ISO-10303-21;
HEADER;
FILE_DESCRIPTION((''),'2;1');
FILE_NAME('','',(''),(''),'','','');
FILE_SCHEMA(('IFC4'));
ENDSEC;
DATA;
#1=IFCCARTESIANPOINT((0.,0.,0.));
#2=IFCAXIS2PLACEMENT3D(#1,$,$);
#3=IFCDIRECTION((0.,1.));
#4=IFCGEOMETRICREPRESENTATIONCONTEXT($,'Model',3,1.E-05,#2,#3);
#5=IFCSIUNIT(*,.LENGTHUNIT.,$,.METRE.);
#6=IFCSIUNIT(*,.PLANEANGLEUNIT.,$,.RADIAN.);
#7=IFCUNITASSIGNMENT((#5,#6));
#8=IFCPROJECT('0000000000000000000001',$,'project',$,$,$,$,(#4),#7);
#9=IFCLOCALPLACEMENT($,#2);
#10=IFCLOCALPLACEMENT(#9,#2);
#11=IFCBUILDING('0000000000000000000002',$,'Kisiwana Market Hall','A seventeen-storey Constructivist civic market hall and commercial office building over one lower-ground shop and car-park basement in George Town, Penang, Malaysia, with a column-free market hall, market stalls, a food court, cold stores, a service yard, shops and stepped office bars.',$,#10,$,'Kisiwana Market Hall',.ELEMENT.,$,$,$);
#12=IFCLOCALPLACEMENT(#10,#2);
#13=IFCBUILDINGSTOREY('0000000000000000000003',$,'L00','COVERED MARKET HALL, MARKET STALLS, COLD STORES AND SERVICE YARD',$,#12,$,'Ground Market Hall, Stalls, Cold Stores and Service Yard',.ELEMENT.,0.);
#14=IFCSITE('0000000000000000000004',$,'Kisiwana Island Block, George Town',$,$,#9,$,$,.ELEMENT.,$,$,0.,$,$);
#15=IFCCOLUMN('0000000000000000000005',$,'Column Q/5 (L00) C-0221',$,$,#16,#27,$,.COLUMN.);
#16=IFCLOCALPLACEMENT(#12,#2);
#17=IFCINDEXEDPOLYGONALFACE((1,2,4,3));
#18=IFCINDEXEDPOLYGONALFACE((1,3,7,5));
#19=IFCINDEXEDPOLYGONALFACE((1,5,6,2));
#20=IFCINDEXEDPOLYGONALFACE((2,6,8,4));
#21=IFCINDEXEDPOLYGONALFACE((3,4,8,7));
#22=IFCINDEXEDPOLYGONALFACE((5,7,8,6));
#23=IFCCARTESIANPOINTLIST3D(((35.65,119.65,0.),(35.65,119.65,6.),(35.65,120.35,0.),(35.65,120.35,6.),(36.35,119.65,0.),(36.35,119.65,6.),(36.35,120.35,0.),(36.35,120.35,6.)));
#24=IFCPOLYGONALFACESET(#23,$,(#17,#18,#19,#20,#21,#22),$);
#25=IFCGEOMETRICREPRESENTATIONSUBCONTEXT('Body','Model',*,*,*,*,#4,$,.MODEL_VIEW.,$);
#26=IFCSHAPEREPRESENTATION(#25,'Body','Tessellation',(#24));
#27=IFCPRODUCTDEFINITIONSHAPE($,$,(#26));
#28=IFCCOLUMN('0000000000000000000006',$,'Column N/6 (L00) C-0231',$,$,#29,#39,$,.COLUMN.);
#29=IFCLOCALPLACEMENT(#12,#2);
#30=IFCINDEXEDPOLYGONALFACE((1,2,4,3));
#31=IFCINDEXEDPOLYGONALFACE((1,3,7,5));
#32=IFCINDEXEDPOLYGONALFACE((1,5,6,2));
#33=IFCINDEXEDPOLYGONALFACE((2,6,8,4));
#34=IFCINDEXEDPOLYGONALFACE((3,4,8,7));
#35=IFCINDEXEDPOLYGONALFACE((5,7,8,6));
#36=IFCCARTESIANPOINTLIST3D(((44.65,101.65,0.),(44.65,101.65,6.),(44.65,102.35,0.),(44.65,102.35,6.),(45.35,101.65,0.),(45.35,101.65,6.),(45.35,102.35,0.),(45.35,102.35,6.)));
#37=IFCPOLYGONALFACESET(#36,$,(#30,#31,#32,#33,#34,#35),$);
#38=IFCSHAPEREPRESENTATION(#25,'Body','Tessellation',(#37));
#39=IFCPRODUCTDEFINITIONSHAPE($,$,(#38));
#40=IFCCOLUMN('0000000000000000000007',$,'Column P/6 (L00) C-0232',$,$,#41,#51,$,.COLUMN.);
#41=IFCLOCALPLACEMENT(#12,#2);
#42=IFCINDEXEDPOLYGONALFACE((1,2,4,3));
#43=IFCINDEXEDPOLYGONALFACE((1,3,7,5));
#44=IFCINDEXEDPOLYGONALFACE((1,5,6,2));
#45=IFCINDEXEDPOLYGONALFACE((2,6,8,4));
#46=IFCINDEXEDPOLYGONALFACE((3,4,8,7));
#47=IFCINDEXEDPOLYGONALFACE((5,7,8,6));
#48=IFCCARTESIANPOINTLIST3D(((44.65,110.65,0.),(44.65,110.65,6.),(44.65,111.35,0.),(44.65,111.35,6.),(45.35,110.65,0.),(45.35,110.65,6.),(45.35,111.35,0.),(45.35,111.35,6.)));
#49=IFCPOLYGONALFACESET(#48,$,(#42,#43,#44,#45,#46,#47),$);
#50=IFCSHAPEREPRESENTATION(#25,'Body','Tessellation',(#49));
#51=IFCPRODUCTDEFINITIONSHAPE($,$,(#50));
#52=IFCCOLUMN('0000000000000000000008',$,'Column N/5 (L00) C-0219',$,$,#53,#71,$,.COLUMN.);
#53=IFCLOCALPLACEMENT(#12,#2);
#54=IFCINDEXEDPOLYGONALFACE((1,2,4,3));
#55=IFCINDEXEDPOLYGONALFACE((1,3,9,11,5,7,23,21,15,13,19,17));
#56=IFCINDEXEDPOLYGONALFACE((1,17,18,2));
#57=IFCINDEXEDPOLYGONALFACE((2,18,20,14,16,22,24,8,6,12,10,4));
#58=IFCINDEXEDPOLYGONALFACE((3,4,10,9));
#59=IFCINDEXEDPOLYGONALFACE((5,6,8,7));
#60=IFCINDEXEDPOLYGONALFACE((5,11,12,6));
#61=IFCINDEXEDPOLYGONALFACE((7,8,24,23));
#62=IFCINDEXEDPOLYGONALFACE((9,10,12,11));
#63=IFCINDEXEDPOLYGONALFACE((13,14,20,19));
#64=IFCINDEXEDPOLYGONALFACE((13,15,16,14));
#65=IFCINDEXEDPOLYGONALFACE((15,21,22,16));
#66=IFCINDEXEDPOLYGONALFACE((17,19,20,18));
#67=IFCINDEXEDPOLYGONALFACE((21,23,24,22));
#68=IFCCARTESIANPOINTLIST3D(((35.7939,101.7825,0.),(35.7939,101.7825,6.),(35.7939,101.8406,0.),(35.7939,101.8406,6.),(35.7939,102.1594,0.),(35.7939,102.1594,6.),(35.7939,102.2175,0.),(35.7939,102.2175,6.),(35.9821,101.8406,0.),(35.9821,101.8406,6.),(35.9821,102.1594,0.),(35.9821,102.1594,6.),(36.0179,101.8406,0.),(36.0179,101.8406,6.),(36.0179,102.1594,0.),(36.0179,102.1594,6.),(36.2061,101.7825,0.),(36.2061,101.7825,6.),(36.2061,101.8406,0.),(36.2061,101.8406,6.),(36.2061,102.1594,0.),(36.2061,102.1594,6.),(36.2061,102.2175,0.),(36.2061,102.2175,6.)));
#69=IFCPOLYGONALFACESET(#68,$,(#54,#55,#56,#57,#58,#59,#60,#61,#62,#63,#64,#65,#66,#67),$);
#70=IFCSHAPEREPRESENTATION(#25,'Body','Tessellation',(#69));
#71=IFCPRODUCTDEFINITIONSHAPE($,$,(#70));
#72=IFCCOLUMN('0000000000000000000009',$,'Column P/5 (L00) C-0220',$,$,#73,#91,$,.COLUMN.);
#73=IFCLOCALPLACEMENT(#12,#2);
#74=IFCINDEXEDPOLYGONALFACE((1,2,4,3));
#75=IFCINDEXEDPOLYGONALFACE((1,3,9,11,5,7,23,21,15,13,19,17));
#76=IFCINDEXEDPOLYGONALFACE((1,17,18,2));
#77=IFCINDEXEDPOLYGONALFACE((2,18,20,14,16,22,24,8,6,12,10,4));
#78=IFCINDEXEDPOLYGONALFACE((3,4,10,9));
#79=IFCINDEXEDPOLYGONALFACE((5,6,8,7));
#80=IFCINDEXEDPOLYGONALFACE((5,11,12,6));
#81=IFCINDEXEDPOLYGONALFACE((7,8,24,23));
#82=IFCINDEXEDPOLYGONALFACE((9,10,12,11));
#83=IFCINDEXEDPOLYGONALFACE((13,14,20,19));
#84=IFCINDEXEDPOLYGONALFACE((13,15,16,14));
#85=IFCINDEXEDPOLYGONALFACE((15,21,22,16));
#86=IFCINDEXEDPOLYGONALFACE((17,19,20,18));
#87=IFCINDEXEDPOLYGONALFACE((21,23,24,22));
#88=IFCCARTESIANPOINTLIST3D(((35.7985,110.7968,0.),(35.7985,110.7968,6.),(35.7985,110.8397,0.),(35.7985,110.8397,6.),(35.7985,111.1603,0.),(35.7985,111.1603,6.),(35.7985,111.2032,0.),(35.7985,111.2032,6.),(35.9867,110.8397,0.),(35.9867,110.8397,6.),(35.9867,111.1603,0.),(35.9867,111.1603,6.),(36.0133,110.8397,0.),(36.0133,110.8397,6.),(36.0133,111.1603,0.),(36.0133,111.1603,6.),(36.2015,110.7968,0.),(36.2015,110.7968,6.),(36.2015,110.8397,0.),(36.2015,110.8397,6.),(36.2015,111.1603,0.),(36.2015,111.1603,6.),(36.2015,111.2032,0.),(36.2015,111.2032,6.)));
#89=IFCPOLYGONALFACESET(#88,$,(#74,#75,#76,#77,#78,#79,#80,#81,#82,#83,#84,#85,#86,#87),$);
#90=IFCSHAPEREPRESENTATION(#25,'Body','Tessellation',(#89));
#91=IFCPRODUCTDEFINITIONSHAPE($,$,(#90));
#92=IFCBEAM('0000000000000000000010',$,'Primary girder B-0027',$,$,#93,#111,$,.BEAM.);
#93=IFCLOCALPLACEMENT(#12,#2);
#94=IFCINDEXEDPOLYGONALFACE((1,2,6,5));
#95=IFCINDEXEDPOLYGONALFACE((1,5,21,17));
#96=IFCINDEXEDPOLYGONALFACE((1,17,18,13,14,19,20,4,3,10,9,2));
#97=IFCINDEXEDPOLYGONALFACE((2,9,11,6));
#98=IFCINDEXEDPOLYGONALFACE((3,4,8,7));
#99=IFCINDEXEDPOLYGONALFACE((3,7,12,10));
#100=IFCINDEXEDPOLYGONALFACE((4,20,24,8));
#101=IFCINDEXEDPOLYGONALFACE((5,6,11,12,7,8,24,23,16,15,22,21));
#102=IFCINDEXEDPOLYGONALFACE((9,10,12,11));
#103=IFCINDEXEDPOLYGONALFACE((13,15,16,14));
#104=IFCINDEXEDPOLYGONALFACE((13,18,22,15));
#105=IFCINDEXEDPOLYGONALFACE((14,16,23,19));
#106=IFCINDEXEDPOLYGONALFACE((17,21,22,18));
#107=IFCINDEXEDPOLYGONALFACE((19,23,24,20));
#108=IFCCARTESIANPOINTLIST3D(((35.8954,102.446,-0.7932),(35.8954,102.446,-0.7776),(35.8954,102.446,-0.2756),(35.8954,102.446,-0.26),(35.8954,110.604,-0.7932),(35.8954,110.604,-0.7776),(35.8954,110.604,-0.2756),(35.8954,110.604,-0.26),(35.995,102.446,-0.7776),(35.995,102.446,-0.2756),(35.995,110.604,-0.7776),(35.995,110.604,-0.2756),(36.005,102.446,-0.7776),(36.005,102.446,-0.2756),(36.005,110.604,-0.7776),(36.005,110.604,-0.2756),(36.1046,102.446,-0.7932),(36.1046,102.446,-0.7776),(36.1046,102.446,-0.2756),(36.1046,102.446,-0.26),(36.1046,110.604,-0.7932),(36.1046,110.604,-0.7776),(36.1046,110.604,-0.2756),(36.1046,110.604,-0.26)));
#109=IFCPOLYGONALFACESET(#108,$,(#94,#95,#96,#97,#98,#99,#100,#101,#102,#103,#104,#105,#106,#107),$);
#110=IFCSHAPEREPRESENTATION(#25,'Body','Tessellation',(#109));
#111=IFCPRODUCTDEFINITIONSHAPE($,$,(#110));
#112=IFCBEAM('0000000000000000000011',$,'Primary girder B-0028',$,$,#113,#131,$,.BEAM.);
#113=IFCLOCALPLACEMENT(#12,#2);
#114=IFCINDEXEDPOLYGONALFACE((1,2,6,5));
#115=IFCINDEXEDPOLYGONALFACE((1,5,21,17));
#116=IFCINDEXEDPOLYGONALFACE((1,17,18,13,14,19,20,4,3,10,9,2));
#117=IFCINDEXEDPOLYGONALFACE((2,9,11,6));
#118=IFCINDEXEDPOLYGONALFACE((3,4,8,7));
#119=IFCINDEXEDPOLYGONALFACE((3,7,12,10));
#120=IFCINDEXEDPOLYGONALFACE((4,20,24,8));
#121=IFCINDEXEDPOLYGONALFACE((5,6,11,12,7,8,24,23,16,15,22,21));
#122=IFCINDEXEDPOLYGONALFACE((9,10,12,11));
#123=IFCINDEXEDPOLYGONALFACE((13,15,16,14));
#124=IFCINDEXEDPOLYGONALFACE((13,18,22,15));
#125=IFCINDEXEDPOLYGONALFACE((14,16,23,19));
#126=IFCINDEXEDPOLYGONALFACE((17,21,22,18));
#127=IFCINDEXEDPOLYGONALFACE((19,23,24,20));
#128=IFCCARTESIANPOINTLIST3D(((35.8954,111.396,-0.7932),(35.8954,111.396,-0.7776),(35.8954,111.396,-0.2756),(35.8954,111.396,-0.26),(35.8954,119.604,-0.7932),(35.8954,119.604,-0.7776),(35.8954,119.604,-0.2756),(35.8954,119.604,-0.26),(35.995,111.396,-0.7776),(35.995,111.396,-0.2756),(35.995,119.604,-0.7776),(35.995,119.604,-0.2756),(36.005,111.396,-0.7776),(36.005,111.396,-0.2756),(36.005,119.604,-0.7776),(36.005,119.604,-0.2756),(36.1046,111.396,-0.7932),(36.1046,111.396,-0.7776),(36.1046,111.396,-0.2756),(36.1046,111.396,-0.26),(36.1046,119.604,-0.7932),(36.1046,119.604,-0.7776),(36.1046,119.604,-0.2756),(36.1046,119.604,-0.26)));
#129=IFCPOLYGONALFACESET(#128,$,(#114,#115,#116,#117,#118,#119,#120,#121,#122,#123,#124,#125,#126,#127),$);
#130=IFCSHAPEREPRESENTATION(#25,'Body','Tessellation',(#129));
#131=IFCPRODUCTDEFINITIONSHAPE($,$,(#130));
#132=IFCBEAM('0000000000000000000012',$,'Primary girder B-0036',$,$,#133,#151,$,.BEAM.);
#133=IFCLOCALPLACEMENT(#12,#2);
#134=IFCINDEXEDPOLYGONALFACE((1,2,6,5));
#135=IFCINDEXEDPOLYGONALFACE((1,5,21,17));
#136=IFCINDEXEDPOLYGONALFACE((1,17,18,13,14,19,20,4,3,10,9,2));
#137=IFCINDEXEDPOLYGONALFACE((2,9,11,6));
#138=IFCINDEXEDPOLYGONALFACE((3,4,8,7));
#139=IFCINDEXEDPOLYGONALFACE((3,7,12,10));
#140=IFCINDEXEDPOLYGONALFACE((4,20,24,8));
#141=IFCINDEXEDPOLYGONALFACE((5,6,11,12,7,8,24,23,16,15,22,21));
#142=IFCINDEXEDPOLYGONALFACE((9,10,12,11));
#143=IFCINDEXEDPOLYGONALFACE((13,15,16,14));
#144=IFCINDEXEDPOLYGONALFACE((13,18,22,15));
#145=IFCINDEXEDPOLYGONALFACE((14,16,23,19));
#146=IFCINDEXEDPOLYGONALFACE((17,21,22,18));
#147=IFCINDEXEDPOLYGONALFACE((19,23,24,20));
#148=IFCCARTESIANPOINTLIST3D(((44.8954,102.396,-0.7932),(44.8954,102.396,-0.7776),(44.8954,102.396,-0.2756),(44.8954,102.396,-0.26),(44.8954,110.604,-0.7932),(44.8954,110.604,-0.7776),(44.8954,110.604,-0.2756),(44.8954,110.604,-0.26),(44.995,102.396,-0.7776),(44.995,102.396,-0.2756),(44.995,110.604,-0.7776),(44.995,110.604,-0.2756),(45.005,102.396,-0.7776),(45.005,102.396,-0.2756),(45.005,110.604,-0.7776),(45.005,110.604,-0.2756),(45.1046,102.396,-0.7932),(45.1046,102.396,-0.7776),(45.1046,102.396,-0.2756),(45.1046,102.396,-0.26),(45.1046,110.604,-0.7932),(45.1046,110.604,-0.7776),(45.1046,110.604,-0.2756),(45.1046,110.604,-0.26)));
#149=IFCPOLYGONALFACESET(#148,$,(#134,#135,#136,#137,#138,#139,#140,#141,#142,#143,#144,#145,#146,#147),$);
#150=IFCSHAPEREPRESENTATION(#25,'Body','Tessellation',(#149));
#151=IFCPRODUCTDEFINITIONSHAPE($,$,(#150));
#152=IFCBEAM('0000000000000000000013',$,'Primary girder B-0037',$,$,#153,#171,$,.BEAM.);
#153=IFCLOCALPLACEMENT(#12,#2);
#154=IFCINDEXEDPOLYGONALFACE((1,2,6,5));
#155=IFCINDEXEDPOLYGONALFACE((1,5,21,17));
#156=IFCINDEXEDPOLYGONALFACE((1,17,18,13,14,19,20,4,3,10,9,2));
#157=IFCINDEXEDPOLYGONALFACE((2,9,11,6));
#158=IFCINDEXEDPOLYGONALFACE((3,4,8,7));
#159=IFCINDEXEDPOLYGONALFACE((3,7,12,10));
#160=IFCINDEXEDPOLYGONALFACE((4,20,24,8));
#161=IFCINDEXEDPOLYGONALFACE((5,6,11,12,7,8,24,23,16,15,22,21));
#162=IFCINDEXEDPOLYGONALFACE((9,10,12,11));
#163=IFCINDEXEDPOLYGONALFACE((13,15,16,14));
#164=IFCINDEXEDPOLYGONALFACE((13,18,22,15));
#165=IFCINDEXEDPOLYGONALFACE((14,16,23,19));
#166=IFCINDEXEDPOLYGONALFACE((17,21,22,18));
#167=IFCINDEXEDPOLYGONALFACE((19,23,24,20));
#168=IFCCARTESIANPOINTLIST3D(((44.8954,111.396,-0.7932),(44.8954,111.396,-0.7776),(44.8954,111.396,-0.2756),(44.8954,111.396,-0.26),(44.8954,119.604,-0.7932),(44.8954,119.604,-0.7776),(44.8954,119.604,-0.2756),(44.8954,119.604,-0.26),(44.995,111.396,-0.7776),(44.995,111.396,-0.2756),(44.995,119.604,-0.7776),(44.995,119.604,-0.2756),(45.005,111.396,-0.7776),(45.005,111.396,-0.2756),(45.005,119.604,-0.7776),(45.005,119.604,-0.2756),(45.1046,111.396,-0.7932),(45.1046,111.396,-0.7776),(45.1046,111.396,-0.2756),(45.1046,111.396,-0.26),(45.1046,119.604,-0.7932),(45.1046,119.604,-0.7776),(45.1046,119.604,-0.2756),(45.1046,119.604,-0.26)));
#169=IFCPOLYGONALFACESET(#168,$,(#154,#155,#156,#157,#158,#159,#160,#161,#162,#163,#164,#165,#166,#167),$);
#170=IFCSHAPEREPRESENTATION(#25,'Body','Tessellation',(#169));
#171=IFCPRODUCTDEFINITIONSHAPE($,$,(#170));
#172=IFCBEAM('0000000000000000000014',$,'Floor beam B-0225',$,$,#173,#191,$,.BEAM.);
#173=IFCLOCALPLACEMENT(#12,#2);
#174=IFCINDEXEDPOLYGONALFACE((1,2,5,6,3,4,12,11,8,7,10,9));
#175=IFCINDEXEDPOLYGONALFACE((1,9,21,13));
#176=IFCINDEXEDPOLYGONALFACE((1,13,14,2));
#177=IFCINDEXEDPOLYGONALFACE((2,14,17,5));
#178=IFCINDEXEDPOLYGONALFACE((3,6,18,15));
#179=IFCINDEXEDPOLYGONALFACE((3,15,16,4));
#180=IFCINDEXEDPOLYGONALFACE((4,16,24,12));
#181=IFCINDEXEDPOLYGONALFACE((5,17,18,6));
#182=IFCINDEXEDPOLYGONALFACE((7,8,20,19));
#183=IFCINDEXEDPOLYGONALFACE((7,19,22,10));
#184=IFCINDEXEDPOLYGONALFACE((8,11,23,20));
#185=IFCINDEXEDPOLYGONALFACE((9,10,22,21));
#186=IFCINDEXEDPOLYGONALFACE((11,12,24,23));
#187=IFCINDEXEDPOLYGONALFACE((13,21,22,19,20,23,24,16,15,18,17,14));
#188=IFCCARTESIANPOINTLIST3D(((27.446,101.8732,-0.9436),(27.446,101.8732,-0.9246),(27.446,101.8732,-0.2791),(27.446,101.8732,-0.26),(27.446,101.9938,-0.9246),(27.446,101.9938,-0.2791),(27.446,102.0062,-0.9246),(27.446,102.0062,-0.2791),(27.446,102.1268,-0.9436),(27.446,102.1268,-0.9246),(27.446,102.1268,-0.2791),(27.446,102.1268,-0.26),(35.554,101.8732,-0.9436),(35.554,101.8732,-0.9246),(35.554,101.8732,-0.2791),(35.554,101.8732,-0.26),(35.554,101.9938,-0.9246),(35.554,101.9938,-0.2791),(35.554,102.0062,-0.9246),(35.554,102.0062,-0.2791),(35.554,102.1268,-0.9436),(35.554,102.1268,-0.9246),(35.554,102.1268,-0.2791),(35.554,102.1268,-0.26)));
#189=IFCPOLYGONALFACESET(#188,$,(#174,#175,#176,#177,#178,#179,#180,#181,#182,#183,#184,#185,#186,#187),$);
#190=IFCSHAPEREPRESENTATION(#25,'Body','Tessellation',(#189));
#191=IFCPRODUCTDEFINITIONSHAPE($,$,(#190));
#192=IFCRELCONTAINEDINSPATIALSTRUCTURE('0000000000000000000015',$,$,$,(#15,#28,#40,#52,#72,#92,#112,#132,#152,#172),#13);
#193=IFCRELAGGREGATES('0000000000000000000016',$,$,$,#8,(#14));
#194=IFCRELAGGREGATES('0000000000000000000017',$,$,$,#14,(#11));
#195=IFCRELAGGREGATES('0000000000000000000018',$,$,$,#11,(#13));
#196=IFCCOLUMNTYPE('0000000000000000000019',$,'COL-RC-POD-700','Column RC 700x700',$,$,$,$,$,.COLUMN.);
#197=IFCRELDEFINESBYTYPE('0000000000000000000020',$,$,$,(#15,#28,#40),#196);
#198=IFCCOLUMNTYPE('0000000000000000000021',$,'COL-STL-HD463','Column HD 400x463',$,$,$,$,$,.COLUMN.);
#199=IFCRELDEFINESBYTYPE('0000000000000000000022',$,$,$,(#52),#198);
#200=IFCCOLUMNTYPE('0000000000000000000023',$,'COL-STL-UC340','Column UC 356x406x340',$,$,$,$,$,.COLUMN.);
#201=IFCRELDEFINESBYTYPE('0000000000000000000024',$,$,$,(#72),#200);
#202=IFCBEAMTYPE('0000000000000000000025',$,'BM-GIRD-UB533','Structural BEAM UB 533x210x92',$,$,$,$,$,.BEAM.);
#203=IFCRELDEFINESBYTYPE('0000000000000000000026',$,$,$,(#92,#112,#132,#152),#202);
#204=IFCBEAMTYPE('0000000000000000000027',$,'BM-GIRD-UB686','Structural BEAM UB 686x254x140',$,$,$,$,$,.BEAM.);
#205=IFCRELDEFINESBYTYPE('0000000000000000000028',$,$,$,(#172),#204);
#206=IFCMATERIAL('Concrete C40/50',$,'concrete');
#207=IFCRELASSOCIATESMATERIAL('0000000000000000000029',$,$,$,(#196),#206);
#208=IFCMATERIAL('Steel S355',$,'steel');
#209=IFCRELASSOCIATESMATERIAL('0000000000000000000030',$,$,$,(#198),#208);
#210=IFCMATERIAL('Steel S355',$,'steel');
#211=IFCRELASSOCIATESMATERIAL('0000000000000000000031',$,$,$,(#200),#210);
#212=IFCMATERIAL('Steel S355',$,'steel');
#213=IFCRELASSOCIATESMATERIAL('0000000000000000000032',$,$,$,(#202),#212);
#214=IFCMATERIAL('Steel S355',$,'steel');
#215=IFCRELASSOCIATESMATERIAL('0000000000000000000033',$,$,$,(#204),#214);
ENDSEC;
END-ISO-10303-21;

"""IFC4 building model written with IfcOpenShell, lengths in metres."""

from ifc_helpers import new_model, si_unit, direction, frame, origin, origin_2d, place, context, subcontext, project, spatial, rectangle, i_section, extrude, material, material_profile, profile_set, type_object, element, save


model = new_model("IFC4")

# Units and contexts
model_context = context("Model", 3, precision=1e-05, world=origin(), true_north=direction((0.0, 1.0)))
body_context = subcontext(model_context, "Body", "Model", "MODEL_VIEW")
ifc_project = project(units=[si_unit("LENGTHUNIT", "METRE"), si_unit("PLANEANGLEUNIT", "RADIAN")], contexts=[model_context])

# Site, building, storey
site_placement = place(None, origin())
site = spatial("IfcSite", under=ifc_project, at=site_placement, Name="Kisiwana Island Block, George Town", CompositionType="ELEMENT", RefElevation=0.0)
building_placement = place(site_placement, origin())
building = spatial("IfcBuilding", under=site, at=building_placement, Name="Kisiwana Market Hall", Description="A seventeen-storey Constructivist civic market hall and commercial office building over one lower-ground shop and car-park basement in George Town, Penang, Malaysia, with a column-free market hall, market stalls, a food court, cold stores, a service yard, shops and stepped office bars.", LongName="Kisiwana Market Hall", CompositionType="ELEMENT")
storey_placement = place(building_placement, origin())
storey = spatial("IfcBuildingStorey", under=building, at=storey_placement, Name="L00", Description="COVERED MARKET HALL, MARKET STALLS, COLD STORES AND SERVICE YARD", LongName="Ground Market Hall, Stalls, Cold Stores and Service Yard", CompositionType="ELEMENT", Elevation=0.0)

# Columns
ifc_material_1 = material(Name="Concrete C40/50", Category="concrete")
ifc_material_profile_1 = material_profile(ifc_material_1, rectangle(XDim=0.7, YDim=0.7, at=origin_2d()), Name="RC 700x700")
ifc_profile_set_1 = profile_set([ifc_material_profile_1], Name="Concrete C40/50")
column_type_1 = type_object("IfcColumnType", Name="COL-RC-POD-700", Description="Column RC 700x700", PredefinedType="COLUMN", material=ifc_profile_set_1)
for number, where, z_axis, x_axis, name in (
    (1, (36.0, 120.0, 0.0), (0.0, 0.0, 1.0), (1.0, 0.0, 0.0), "Column Q/5 (L00) C-0221"),
    (2, (45.0, 102.0, 0.0), (0.0, 0.0, 1.0), (1.0, 0.0, 0.0), "Column N/6 (L00) C-0231"),
    (3, (45.0, 111.0, 0.0), (0.0, 0.0, 1.0), (1.0, 0.0, 0.0), "Column P/6 (L00) C-0232"),
):
    element("IfcColumn", number, at=place(storey_placement, frame(where, z_axis=z_axis, x_axis=x_axis)), inside=storey, type_object=column_type_1, Name=name, PredefinedType="COLUMN", context=body_context, shape_type="SweptSolid", body=[
        extrude(rectangle(XDim=0.7, YDim=0.7, at=origin_2d()), origin(), (0.0, 0.0, 1.0), 6.0),
    ])
ifc_material_2 = material(Name="Steel S355", Category="steel")
ifc_material_profile_2 = material_profile(ifc_material_2, i_section(OverallWidth=0.4121, OverallDepth=0.4351, WebThickness=0.0359, FlangeThickness=0.0581, at=origin_2d()), Name="HD 400x463")
ifc_profile_set_2 = profile_set([ifc_material_profile_2], Name="Steel S355")
column_type_2 = type_object("IfcColumnType", Name="COL-STL-HD463", Description="Column HD 400x463", PredefinedType="COLUMN", material=ifc_profile_set_2)
column_1_placement = place(storey_placement, frame((36.0, 102.0, 0.0), z_axis=(0.0, 0.0, 1.0), x_axis=(1.0, 0.0, 0.0)))
element("IfcColumn", 4, at=column_1_placement, inside=storey, type_object=column_type_2, Name="Column N/5 (L00) C-0219", PredefinedType="COLUMN", context=body_context, shape_type="SweptSolid", body=[
    extrude(i_section(OverallWidth=0.4121, OverallDepth=0.4351, WebThickness=0.0359, FlangeThickness=0.0581, at=origin_2d()), origin(), (0.0, 0.0, 1.0), 6.0),
])
ifc_material_3 = material(Name="Steel S355", Category="steel")
ifc_material_profile_3 = material_profile(ifc_material_3, i_section(OverallWidth=0.4031, OverallDepth=0.4065, WebThickness=0.0266, FlangeThickness=0.043, at=origin_2d()), Name="UC 356x406x340")
ifc_profile_set_3 = profile_set([ifc_material_profile_3], Name="Steel S355")
column_type_3 = type_object("IfcColumnType", Name="COL-STL-UC340", Description="Column UC 356x406x340", PredefinedType="COLUMN", material=ifc_profile_set_3)
column_2_placement = place(storey_placement, frame((36.0, 111.0, 0.0), z_axis=(0.0, 0.0, 1.0), x_axis=(1.0, 0.0, 0.0)))
element("IfcColumn", 5, at=column_2_placement, inside=storey, type_object=column_type_3, Name="Column P/5 (L00) C-0220", PredefinedType="COLUMN", context=body_context, shape_type="SweptSolid", body=[
    extrude(i_section(OverallWidth=0.4031, OverallDepth=0.4065, WebThickness=0.0266, FlangeThickness=0.043, at=origin_2d()), origin(), (0.0, 0.0, 1.0), 6.0),
])

# Beams
ifc_material_4 = material(Name="Steel S355", Category="steel")
ifc_material_profile_4 = material_profile(ifc_material_4, i_section(OverallWidth=0.2092, OverallDepth=0.5332, WebThickness=0.01, FlangeThickness=0.0156, at=origin_2d()), Name="UB 533x210x92")
ifc_profile_set_4 = profile_set([ifc_material_profile_4], Name="Steel S355")
beam_type_1 = type_object("IfcBeamType", Name="BM-GIRD-UB533", Description="Structural BEAM UB 533x210x92", PredefinedType="BEAM", material=ifc_profile_set_4)
beam_1_placement = place(storey_placement, frame((36.0, 102.446, -0.5266), z_axis=(0.0, 1.0, 0.0), x_axis=(-1.0, 0.0, 0.0)))
element("IfcBeam", 6, at=beam_1_placement, inside=storey, type_object=beam_type_1, Name="Primary girder B-0027", PredefinedType="BEAM", context=body_context, shape_type="SweptSolid", body=[
    extrude(i_section(OverallWidth=0.2092, OverallDepth=0.5332, WebThickness=0.01, FlangeThickness=0.0156, at=origin_2d()), origin(), (0.0, 0.0, 1.0), 8.158),
])
for number, where, z_axis, x_axis, name in (
    (7, (36.0, 111.396, -0.5266), (0.0, 1.0, 0.0), (-1.0, 0.0, 0.0), "Primary girder B-0028"),
    (8, (45.0, 102.396, -0.5266), (0.0, 1.0, 0.0), (-1.0, 0.0, 0.0), "Primary girder B-0036"),
    (9, (45.0, 111.396, -0.5266), (0.0, 1.0, 0.0), (-1.0, 0.0, 0.0), "Primary girder B-0037"),
):
    element("IfcBeam", number, at=place(storey_placement, frame(where, z_axis=z_axis, x_axis=x_axis)), inside=storey, type_object=beam_type_1, Name=name, PredefinedType="BEAM", context=body_context, shape_type="SweptSolid", body=[
        extrude(i_section(OverallWidth=0.2092, OverallDepth=0.5332, WebThickness=0.01, FlangeThickness=0.0156, at=origin_2d()), origin(), (0.0, 0.0, 1.0), 8.208),
    ])
ifc_material_5 = material(Name="Steel S355", Category="steel")
ifc_material_profile_5 = material_profile(ifc_material_5, i_section(OverallWidth=0.2537, OverallDepth=0.6836, WebThickness=0.0125, FlangeThickness=0.019, at=origin_2d()), Name="UB 686x254x140")
ifc_profile_set_5 = profile_set([ifc_material_profile_5], Name="Steel S355")
beam_type_2 = type_object("IfcBeamType", Name="BM-GIRD-UB686", Description="Structural BEAM UB 686x254x140", PredefinedType="BEAM", material=ifc_profile_set_5)
beam_2_placement = place(storey_placement, frame((27.446, 102.0, -0.6018), z_axis=(1.0, 0.0, 0.0), x_axis=(0.0, 1.0, 0.0)))
element("IfcBeam", 10, at=beam_2_placement, inside=storey, type_object=beam_type_2, Name="Floor beam B-0225", PredefinedType="BEAM", context=body_context, shape_type="SweptSolid", body=[
    extrude(i_section(OverallWidth=0.2537, OverallDepth=0.6836, WebThickness=0.0125, FlangeThickness=0.019, at=origin_2d()), origin(), (0.0, 0.0, 1.0), 8.1079),
])

save(model, "model.ifc")
